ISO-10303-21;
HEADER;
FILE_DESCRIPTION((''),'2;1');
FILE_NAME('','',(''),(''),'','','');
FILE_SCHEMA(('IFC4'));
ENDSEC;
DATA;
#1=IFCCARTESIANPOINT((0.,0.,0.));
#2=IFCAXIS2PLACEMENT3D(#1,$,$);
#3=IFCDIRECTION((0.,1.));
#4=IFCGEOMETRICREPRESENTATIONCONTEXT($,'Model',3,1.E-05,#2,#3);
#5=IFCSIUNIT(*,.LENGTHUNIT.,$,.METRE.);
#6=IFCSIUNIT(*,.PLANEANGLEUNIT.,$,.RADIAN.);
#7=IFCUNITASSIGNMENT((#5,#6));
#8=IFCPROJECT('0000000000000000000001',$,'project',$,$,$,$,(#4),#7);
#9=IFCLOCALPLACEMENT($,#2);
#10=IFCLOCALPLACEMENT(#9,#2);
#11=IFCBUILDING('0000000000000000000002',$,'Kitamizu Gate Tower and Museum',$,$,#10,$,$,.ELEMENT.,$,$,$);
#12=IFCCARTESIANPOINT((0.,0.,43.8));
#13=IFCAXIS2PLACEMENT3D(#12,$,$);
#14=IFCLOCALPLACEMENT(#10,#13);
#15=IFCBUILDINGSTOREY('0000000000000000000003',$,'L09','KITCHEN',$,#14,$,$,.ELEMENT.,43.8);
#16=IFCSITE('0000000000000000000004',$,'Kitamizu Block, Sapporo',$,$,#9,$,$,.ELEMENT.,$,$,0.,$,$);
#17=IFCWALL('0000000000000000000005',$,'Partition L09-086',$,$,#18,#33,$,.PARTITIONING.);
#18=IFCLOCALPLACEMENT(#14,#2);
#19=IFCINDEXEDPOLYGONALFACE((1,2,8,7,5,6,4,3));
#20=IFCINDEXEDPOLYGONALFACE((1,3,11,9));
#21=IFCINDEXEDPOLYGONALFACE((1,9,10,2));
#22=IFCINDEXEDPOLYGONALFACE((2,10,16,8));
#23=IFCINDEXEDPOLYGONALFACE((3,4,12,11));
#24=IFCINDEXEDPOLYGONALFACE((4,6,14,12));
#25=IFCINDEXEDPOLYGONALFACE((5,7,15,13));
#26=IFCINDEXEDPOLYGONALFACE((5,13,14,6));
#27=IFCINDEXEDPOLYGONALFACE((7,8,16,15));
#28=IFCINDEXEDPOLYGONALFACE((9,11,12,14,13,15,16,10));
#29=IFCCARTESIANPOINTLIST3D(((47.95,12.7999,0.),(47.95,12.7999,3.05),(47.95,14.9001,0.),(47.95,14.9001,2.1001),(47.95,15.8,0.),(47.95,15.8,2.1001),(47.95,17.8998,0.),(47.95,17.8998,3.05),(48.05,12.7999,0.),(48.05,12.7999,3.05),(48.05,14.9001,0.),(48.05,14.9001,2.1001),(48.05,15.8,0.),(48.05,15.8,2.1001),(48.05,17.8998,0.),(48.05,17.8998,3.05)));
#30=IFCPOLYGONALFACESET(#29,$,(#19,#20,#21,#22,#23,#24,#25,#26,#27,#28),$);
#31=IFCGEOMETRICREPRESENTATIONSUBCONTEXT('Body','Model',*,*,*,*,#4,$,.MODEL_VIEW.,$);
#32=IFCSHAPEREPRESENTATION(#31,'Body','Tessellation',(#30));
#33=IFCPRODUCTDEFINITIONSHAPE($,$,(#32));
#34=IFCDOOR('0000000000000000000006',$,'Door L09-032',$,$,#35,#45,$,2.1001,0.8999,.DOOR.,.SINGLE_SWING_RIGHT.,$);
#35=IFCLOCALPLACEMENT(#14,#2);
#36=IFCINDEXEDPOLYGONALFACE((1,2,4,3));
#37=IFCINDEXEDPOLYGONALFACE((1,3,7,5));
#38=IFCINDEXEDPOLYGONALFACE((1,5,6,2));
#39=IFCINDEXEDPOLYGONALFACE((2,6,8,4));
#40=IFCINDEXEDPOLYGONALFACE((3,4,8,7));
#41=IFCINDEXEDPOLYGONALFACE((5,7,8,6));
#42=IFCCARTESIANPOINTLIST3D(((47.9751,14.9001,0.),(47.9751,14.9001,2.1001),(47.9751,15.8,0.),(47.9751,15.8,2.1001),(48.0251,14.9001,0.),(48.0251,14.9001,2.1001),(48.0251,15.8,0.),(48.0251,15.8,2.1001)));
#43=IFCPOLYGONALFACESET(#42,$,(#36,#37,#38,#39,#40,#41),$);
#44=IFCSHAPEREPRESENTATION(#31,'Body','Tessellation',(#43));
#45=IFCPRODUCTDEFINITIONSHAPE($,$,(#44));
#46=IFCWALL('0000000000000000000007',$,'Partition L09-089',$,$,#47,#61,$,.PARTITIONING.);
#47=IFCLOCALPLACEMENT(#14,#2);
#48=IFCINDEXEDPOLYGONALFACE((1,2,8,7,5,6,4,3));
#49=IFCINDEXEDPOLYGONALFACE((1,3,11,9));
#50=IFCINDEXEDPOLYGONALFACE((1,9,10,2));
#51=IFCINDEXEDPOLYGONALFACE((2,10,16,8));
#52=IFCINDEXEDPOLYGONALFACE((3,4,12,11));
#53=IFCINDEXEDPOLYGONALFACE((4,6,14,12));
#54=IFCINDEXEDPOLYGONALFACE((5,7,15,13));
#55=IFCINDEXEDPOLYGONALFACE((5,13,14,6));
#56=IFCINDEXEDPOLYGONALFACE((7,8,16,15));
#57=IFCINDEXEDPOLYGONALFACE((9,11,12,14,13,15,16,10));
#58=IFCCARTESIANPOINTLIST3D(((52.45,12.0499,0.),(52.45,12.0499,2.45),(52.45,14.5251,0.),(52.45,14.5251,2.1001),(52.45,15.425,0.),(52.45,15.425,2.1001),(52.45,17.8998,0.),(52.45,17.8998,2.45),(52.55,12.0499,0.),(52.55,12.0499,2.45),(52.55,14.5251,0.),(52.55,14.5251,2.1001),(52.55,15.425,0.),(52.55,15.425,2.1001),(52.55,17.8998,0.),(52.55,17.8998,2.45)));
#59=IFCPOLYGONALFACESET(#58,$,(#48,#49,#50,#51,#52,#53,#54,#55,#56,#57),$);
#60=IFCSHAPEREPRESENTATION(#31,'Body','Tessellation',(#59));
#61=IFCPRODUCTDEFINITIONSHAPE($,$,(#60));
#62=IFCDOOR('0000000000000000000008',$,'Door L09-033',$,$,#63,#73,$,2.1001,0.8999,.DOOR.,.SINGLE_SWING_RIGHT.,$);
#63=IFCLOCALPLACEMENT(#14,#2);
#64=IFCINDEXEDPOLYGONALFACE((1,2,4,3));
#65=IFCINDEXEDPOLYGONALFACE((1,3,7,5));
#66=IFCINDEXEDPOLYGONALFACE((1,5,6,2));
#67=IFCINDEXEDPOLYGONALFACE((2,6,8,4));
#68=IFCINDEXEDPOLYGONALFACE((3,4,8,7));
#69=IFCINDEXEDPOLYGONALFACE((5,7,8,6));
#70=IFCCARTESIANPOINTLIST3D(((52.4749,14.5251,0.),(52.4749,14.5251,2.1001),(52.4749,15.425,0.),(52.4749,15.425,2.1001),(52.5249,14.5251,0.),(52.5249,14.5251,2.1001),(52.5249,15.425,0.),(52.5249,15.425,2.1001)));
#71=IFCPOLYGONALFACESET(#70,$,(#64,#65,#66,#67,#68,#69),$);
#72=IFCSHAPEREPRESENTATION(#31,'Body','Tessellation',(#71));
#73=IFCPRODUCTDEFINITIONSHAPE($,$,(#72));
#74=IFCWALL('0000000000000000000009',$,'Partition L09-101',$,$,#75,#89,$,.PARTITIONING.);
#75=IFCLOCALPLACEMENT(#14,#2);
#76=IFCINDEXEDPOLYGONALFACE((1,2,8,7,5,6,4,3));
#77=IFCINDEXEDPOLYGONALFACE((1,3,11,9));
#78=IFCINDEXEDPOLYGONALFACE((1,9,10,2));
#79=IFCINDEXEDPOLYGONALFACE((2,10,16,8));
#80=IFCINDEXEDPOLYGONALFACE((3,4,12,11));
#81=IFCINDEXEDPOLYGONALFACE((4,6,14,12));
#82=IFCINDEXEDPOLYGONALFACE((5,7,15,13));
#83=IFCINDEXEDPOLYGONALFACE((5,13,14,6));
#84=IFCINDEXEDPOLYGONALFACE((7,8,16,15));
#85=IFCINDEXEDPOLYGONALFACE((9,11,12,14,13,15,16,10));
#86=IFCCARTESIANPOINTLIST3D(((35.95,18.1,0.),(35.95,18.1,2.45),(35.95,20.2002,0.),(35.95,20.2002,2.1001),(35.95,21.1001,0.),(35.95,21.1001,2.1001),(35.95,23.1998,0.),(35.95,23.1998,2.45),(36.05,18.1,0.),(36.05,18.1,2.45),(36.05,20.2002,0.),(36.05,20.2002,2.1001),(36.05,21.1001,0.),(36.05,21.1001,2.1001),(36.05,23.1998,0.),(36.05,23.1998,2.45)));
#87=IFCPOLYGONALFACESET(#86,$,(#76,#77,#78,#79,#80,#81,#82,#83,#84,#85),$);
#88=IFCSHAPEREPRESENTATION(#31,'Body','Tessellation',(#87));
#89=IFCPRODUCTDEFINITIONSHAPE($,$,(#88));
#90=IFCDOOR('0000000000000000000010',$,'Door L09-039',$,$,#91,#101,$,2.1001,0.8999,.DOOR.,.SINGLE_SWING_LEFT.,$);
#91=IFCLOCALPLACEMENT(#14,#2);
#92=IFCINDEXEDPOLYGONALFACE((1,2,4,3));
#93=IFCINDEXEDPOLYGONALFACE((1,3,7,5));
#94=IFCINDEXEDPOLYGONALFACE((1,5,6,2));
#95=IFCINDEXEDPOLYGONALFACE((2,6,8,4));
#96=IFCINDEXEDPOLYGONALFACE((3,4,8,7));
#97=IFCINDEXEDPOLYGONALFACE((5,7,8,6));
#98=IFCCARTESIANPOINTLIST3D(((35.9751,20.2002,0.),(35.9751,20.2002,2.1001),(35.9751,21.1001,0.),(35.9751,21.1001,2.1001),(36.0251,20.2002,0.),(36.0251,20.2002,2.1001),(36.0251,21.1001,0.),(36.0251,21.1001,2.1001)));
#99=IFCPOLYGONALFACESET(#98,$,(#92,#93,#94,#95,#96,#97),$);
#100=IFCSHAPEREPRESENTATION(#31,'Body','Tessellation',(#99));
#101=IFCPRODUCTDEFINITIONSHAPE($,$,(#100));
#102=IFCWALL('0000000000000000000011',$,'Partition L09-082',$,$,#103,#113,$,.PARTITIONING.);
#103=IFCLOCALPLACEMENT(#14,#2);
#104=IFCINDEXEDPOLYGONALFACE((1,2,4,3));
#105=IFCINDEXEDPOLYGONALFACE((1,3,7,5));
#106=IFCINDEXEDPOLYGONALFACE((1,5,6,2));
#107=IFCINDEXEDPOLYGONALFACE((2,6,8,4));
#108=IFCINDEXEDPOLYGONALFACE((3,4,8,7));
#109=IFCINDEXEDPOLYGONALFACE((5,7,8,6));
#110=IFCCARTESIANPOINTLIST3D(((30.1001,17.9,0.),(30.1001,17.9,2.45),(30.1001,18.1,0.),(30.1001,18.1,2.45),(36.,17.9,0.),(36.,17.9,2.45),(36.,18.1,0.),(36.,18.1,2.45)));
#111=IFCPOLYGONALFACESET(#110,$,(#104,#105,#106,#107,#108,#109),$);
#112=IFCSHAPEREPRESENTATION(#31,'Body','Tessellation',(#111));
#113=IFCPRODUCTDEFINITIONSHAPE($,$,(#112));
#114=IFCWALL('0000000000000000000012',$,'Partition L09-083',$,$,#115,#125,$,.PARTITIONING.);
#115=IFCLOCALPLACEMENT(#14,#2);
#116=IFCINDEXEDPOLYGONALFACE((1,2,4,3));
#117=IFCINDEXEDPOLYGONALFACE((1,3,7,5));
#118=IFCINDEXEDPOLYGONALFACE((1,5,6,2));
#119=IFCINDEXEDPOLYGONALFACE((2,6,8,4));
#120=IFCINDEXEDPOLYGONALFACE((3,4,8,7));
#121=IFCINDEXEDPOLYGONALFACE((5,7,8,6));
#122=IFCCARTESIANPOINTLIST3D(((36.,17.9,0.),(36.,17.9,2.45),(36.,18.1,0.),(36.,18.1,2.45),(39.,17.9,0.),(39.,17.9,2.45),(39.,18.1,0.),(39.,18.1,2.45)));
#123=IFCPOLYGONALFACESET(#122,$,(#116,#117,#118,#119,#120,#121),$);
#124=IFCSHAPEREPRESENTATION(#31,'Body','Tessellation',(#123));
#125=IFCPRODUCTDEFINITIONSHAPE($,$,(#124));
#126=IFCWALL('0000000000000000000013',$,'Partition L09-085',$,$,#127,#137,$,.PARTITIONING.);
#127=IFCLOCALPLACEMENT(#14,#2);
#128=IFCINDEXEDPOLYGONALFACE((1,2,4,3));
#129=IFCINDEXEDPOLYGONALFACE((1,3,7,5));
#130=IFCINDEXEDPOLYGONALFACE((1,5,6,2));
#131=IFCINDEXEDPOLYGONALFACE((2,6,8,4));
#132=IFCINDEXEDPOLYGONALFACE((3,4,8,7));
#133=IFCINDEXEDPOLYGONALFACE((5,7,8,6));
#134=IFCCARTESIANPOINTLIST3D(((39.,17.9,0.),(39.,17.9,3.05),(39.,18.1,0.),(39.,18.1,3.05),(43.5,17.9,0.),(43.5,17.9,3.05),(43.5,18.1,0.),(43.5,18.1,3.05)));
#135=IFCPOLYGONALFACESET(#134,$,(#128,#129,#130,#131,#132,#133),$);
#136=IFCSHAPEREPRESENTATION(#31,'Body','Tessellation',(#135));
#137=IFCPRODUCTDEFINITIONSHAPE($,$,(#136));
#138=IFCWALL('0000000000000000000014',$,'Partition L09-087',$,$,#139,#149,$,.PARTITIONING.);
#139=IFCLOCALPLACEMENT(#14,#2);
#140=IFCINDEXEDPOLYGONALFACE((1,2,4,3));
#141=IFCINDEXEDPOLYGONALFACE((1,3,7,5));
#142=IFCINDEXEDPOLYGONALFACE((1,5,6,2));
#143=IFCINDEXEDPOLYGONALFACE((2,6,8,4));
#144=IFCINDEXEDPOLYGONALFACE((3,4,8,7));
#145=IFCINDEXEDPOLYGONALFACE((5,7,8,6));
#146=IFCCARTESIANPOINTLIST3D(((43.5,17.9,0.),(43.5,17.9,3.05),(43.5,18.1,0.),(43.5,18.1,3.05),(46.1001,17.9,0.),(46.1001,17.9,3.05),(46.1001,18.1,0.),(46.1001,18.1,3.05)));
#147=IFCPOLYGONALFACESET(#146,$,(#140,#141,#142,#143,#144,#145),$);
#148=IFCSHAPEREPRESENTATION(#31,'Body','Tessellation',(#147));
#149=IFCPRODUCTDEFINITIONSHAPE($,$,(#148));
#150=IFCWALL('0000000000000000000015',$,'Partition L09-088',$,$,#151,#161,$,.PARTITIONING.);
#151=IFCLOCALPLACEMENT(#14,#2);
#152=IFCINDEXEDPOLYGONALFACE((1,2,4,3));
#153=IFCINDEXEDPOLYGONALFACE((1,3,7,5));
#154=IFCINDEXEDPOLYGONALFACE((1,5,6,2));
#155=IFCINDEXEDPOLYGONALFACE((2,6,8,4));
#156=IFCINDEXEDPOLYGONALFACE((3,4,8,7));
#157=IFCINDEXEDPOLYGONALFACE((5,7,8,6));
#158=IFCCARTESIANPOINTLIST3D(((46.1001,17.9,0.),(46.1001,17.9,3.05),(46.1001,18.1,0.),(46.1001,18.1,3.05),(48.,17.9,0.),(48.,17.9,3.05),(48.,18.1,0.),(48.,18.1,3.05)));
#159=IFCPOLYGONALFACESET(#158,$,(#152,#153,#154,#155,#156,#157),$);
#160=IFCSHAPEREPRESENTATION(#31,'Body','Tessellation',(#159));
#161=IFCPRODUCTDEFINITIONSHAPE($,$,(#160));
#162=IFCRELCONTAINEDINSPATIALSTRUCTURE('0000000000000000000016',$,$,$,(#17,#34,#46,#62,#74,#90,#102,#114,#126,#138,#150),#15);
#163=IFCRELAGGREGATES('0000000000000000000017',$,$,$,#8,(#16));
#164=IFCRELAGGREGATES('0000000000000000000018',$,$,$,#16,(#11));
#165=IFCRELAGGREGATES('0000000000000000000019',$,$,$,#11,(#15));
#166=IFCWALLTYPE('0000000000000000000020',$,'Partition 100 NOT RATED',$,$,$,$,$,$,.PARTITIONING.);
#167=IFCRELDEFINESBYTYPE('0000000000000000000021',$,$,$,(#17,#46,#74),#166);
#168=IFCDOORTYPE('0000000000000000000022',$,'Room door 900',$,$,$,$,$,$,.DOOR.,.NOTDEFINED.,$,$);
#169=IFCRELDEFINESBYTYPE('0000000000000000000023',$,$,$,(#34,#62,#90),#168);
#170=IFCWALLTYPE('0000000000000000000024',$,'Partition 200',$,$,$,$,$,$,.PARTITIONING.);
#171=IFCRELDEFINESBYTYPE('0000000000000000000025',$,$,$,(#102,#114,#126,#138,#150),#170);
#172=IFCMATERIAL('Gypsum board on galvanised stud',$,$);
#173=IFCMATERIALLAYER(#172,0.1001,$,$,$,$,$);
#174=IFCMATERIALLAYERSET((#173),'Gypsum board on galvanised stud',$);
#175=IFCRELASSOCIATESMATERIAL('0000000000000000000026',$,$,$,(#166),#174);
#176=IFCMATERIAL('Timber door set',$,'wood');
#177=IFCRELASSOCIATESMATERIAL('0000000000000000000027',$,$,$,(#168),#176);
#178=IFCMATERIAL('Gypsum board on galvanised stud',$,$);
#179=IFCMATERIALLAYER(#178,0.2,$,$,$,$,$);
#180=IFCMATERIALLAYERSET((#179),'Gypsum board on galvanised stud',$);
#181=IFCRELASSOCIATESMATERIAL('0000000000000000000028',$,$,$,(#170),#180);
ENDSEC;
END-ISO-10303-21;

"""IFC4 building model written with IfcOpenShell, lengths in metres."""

from ifc_helpers import new_model, si_unit, direction, frame, frame_2d, origin, place, context, subcontext, project, spatial, rectangle, extrude, material, layer, layer_set, type_object, element, fill, save


model = new_model("IFC4")

# Units and contexts
model_context = context("Model", 3, precision=1e-05, world=origin(), true_north=direction((0.0, 1.0)))
body_context = subcontext(model_context, "Body", "Model", "MODEL_VIEW")
ifc_project = project(units=[si_unit("LENGTHUNIT", "METRE"), si_unit("PLANEANGLEUNIT", "RADIAN")], contexts=[model_context])

# Site, building, storey
site_placement = place(None, origin())
site = spatial("IfcSite", under=ifc_project, at=site_placement, Name="Kitamizu Block, Sapporo", CompositionType="ELEMENT", RefElevation=0.0)
building_placement = place(site_placement, origin())
building = spatial("IfcBuilding", under=site, at=building_placement, Name="Kitamizu Gate Tower and Museum", CompositionType="ELEMENT")
storey_placement = place(building_placement, frame((0.0, 0.0, 43.8)))
storey = spatial("IfcBuildingStorey", under=building, at=storey_placement, Name="L09", Description="KITCHEN", CompositionType="ELEMENT", Elevation=43.8)

# Shared definitions
ifc_material_1 = material(Name="Gypsum board on galvanised stud")
ifc_layer_1 = layer(ifc_material_1, 0.1001)
ifc_layer_set_1 = layer_set([ifc_layer_1], Name="Gypsum board on galvanised stud")
wall_type_1 = type_object("IfcWallType", Name="Partition 100 NOT RATED", PredefinedType="PARTITIONING", material=ifc_layer_set_1)
ifc_material_2 = material(Name="Timber door set", Category="wood")
door_type_1 = type_object("IfcDoorType", Name="Room door 900", OperationType="NOTDEFINED", PredefinedType="DOOR", material=ifc_material_2)

# Walls, openings, doors
wall_1_placement = place(storey_placement, frame((48.0, 12.8, 0.0), z_axis=(0.0, 0.0, 1.0), x_axis=(0.0, 1.0, 0.0)))
wall_1 = element("IfcWall", 1, at=wall_1_placement, inside=storey, type_object=wall_type_1, Name="Partition L09-086", PredefinedType="PARTITIONING", context=body_context, shape_type="SweptSolid", body=[
    extrude(rectangle(XDim=5.0999, YDim=0.1001, at=frame_2d((2.5498, 0.0))), origin(), (0.0, 0.0, 1.0), 3.05),
])
opening_1_placement = place(wall_1_placement, frame((2.1001, 0.0, 0.0)))
opening_1 = element("IfcOpeningElement", 2, at=opening_1_placement, cuts=wall_1, PredefinedType="OPENING", context=body_context, shape_type="SweptSolid", body=[
    extrude(rectangle(XDim=0.8999, YDim=2.1001, at=frame_2d((0.45, 1.05))), frame((0.0, 0.0601, 0.0), z_axis=(0.0, -1.0, 0.0), x_axis=(1.0, 0.0, 0.0)), (0.0, 0.0, 1.0), 0.1201),
])
door_1_placement = place(opening_1_placement, origin())
door_1 = element("IfcDoor", 3, at=door_1_placement, inside=storey, type_object=door_type_1, Name="Door L09-032", OperationType="SINGLE_SWING_RIGHT", OverallHeight=2.1001, OverallWidth=0.8999, PredefinedType="DOOR", context=body_context, shape_type="SweptSolid", body=[
    extrude(rectangle(XDim=0.8999, YDim=2.1001, at=frame_2d((0.45, 1.05))), frame((0.0, 0.0249, 0.0), z_axis=(0.0, -1.0, 0.0), x_axis=(1.0, 0.0, 0.0)), (0.0, 0.0, 1.0), 0.05),
])
fill(opening_1, door_1)
wall_2_placement = place(storey_placement, frame((52.5, 12.05, 0.0), z_axis=(0.0, 0.0, 1.0), x_axis=(0.0, 1.0, 0.0)))
wall_2 = element("IfcWall", 4, at=wall_2_placement, inside=storey, type_object=wall_type_1, Name="Partition L09-089", PredefinedType="PARTITIONING", context=body_context, shape_type="SweptSolid", body=[
    extrude(rectangle(XDim=5.8499, YDim=0.1001, at=frame_2d((2.9248, 0.0))), origin(), (0.0, 0.0, 1.0), 2.45),
])
opening_2_placement = place(wall_2_placement, frame((2.4751, 0.0, 0.0)))
opening_2 = element("IfcOpeningElement", 5, at=opening_2_placement, cuts=wall_2, PredefinedType="OPENING", context=body_context, shape_type="SweptSolid", body=[
    extrude(rectangle(XDim=0.8999, YDim=2.1001, at=frame_2d((0.45, 1.05))), frame((0.0, 0.0601, 0.0), z_axis=(0.0, -1.0, 0.0), x_axis=(1.0, 0.0, 0.0)), (0.0, 0.0, 1.0), 0.1201),
])
door_2_placement = place(opening_2_placement, frame((0.8999, 0.0, 0.0), x_axis=(-1.0, 0.0, 0.0)))
door_2 = element("IfcDoor", 6, at=door_2_placement, inside=storey, type_object=door_type_1, Name="Door L09-033", OperationType="SINGLE_SWING_RIGHT", OverallHeight=2.1001, OverallWidth=0.8999, PredefinedType="DOOR", context=body_context, shape_type="SweptSolid", body=[
    extrude(rectangle(XDim=0.8999, YDim=2.1001, at=frame_2d((0.45, 1.05))), frame((0.0, 0.0249, 0.0), z_axis=(0.0, -1.0, 0.0), x_axis=(1.0, 0.0, 0.0)), (0.0, 0.0, 1.0), 0.05),
])
fill(opening_2, door_2)
wall_3_placement = place(storey_placement, frame((36.0, 18.1001, 0.0), z_axis=(0.0, 0.0, 1.0), x_axis=(0.0, 1.0, 0.0)))
wall_3 = element("IfcWall", 7, at=wall_3_placement, inside=storey, type_object=wall_type_1, Name="Partition L09-101", PredefinedType="PARTITIONING", context=body_context, shape_type="SweptSolid", body=[
    extrude(rectangle(XDim=5.0999, YDim=0.1001, at=frame_2d((2.5498, 0.0))), origin(), (0.0, 0.0, 1.0), 2.45),
])
opening_3_placement = place(wall_3_placement, frame((2.1001, 0.0, 0.0)))
opening_3 = element("IfcOpeningElement", 8, at=opening_3_placement, cuts=wall_3, PredefinedType="OPENING", context=body_context, shape_type="SweptSolid", body=[
    extrude(rectangle(XDim=0.8999, YDim=2.1001, at=frame_2d((0.45, 1.05))), frame((0.0, 0.0601, 0.0), z_axis=(0.0, -1.0, 0.0), x_axis=(1.0, 0.0, 0.0)), (0.0, 0.0, 1.0), 0.1201),
])
door_3_placement = place(opening_3_placement, origin())
door_3 = element("IfcDoor", 9, at=door_3_placement, inside=storey, type_object=door_type_1, Name="Door L09-039", OperationType="SINGLE_SWING_LEFT", OverallHeight=2.1001, OverallWidth=0.8999, PredefinedType="DOOR", context=body_context, shape_type="SweptSolid", body=[
    extrude(rectangle(XDim=0.8999, YDim=2.1001, at=frame_2d((0.45, 1.05))), frame((0.0, 0.0249, 0.0), z_axis=(0.0, -1.0, 0.0), x_axis=(1.0, 0.0, 0.0)), (0.0, 0.0, 1.0), 0.05),
])
fill(opening_3, door_3)

# Walls
ifc_material_3 = material(Name="Gypsum board on galvanised stud")
ifc_layer_2 = layer(ifc_material_3, 0.2)
ifc_layer_set_2 = layer_set([ifc_layer_2], Name="Gypsum board on galvanised stud")
wall_type_2 = type_object("IfcWallType", Name="Partition 200", PredefinedType="PARTITIONING", material=ifc_layer_set_2)
wall_4_placement = place(storey_placement, frame((36.0, 18.0, 0.0), z_axis=(0.0, 0.0, 1.0), x_axis=(-1.0, 0.0, 0.0)))
element("IfcWall", 10, at=wall_4_placement, inside=storey, type_object=wall_type_2, Name="Partition L09-082", PredefinedType="PARTITIONING", context=body_context, shape_type="SweptSolid", body=[
    extrude(rectangle(XDim=5.8999, YDim=0.2, at=frame_2d((2.95, 0.0))), origin(), (0.0, 0.0, 1.0), 2.45),
])
wall_5_placement = place(storey_placement, frame((39.0, 18.0, 0.0), z_axis=(0.0, 0.0, 1.0), x_axis=(-1.0, 0.0, 0.0)))
element("IfcWall", 11, at=wall_5_placement, inside=storey, type_object=wall_type_2, Name="Partition L09-083", PredefinedType="PARTITIONING", context=body_context, shape_type="SweptSolid", body=[
    extrude(rectangle(XDim=3.0, YDim=0.2, at=frame_2d((1.5, 0.0))), origin(), (0.0, 0.0, 1.0), 2.45),
])
wall_6_placement = place(storey_placement, frame((43.5, 18.0, 0.0), z_axis=(0.0, 0.0, 1.0), x_axis=(-1.0, 0.0, 0.0)))
element("IfcWall", 12, at=wall_6_placement, inside=storey, type_object=wall_type_2, Name="Partition L09-085", PredefinedType="PARTITIONING", context=body_context, shape_type="SweptSolid", body=[
    extrude(rectangle(XDim=4.5, YDim=0.2, at=frame_2d((2.25, 0.0))), origin(), (0.0, 0.0, 1.0), 3.05),
])
wall_7_placement = place(storey_placement, frame((46.1001, 18.0, 0.0), z_axis=(0.0, 0.0, 1.0), x_axis=(-1.0, 0.0, 0.0)))
element("IfcWall", 13, at=wall_7_placement, inside=storey, type_object=wall_type_2, Name="Partition L09-087", PredefinedType="PARTITIONING", context=body_context, shape_type="SweptSolid", body=[
    extrude(rectangle(XDim=2.6001, YDim=0.2, at=frame_2d((1.3, 0.0))), origin(), (0.0, 0.0, 1.0), 3.05),
])
wall_8_placement = place(storey_placement, frame((48.0, 18.0, 0.0), z_axis=(0.0, 0.0, 1.0), x_axis=(-1.0, 0.0, 0.0)))
element("IfcWall", 14, at=wall_8_placement, inside=storey, type_object=wall_type_2, Name="Partition L09-088", PredefinedType="PARTITIONING", context=body_context, shape_type="SweptSolid", body=[
    extrude(rectangle(XDim=1.8999, YDim=0.2, at=frame_2d((0.95, 0.0))), origin(), (0.0, 0.0, 1.0), 3.05),
])

save(model, "model.ifc")
